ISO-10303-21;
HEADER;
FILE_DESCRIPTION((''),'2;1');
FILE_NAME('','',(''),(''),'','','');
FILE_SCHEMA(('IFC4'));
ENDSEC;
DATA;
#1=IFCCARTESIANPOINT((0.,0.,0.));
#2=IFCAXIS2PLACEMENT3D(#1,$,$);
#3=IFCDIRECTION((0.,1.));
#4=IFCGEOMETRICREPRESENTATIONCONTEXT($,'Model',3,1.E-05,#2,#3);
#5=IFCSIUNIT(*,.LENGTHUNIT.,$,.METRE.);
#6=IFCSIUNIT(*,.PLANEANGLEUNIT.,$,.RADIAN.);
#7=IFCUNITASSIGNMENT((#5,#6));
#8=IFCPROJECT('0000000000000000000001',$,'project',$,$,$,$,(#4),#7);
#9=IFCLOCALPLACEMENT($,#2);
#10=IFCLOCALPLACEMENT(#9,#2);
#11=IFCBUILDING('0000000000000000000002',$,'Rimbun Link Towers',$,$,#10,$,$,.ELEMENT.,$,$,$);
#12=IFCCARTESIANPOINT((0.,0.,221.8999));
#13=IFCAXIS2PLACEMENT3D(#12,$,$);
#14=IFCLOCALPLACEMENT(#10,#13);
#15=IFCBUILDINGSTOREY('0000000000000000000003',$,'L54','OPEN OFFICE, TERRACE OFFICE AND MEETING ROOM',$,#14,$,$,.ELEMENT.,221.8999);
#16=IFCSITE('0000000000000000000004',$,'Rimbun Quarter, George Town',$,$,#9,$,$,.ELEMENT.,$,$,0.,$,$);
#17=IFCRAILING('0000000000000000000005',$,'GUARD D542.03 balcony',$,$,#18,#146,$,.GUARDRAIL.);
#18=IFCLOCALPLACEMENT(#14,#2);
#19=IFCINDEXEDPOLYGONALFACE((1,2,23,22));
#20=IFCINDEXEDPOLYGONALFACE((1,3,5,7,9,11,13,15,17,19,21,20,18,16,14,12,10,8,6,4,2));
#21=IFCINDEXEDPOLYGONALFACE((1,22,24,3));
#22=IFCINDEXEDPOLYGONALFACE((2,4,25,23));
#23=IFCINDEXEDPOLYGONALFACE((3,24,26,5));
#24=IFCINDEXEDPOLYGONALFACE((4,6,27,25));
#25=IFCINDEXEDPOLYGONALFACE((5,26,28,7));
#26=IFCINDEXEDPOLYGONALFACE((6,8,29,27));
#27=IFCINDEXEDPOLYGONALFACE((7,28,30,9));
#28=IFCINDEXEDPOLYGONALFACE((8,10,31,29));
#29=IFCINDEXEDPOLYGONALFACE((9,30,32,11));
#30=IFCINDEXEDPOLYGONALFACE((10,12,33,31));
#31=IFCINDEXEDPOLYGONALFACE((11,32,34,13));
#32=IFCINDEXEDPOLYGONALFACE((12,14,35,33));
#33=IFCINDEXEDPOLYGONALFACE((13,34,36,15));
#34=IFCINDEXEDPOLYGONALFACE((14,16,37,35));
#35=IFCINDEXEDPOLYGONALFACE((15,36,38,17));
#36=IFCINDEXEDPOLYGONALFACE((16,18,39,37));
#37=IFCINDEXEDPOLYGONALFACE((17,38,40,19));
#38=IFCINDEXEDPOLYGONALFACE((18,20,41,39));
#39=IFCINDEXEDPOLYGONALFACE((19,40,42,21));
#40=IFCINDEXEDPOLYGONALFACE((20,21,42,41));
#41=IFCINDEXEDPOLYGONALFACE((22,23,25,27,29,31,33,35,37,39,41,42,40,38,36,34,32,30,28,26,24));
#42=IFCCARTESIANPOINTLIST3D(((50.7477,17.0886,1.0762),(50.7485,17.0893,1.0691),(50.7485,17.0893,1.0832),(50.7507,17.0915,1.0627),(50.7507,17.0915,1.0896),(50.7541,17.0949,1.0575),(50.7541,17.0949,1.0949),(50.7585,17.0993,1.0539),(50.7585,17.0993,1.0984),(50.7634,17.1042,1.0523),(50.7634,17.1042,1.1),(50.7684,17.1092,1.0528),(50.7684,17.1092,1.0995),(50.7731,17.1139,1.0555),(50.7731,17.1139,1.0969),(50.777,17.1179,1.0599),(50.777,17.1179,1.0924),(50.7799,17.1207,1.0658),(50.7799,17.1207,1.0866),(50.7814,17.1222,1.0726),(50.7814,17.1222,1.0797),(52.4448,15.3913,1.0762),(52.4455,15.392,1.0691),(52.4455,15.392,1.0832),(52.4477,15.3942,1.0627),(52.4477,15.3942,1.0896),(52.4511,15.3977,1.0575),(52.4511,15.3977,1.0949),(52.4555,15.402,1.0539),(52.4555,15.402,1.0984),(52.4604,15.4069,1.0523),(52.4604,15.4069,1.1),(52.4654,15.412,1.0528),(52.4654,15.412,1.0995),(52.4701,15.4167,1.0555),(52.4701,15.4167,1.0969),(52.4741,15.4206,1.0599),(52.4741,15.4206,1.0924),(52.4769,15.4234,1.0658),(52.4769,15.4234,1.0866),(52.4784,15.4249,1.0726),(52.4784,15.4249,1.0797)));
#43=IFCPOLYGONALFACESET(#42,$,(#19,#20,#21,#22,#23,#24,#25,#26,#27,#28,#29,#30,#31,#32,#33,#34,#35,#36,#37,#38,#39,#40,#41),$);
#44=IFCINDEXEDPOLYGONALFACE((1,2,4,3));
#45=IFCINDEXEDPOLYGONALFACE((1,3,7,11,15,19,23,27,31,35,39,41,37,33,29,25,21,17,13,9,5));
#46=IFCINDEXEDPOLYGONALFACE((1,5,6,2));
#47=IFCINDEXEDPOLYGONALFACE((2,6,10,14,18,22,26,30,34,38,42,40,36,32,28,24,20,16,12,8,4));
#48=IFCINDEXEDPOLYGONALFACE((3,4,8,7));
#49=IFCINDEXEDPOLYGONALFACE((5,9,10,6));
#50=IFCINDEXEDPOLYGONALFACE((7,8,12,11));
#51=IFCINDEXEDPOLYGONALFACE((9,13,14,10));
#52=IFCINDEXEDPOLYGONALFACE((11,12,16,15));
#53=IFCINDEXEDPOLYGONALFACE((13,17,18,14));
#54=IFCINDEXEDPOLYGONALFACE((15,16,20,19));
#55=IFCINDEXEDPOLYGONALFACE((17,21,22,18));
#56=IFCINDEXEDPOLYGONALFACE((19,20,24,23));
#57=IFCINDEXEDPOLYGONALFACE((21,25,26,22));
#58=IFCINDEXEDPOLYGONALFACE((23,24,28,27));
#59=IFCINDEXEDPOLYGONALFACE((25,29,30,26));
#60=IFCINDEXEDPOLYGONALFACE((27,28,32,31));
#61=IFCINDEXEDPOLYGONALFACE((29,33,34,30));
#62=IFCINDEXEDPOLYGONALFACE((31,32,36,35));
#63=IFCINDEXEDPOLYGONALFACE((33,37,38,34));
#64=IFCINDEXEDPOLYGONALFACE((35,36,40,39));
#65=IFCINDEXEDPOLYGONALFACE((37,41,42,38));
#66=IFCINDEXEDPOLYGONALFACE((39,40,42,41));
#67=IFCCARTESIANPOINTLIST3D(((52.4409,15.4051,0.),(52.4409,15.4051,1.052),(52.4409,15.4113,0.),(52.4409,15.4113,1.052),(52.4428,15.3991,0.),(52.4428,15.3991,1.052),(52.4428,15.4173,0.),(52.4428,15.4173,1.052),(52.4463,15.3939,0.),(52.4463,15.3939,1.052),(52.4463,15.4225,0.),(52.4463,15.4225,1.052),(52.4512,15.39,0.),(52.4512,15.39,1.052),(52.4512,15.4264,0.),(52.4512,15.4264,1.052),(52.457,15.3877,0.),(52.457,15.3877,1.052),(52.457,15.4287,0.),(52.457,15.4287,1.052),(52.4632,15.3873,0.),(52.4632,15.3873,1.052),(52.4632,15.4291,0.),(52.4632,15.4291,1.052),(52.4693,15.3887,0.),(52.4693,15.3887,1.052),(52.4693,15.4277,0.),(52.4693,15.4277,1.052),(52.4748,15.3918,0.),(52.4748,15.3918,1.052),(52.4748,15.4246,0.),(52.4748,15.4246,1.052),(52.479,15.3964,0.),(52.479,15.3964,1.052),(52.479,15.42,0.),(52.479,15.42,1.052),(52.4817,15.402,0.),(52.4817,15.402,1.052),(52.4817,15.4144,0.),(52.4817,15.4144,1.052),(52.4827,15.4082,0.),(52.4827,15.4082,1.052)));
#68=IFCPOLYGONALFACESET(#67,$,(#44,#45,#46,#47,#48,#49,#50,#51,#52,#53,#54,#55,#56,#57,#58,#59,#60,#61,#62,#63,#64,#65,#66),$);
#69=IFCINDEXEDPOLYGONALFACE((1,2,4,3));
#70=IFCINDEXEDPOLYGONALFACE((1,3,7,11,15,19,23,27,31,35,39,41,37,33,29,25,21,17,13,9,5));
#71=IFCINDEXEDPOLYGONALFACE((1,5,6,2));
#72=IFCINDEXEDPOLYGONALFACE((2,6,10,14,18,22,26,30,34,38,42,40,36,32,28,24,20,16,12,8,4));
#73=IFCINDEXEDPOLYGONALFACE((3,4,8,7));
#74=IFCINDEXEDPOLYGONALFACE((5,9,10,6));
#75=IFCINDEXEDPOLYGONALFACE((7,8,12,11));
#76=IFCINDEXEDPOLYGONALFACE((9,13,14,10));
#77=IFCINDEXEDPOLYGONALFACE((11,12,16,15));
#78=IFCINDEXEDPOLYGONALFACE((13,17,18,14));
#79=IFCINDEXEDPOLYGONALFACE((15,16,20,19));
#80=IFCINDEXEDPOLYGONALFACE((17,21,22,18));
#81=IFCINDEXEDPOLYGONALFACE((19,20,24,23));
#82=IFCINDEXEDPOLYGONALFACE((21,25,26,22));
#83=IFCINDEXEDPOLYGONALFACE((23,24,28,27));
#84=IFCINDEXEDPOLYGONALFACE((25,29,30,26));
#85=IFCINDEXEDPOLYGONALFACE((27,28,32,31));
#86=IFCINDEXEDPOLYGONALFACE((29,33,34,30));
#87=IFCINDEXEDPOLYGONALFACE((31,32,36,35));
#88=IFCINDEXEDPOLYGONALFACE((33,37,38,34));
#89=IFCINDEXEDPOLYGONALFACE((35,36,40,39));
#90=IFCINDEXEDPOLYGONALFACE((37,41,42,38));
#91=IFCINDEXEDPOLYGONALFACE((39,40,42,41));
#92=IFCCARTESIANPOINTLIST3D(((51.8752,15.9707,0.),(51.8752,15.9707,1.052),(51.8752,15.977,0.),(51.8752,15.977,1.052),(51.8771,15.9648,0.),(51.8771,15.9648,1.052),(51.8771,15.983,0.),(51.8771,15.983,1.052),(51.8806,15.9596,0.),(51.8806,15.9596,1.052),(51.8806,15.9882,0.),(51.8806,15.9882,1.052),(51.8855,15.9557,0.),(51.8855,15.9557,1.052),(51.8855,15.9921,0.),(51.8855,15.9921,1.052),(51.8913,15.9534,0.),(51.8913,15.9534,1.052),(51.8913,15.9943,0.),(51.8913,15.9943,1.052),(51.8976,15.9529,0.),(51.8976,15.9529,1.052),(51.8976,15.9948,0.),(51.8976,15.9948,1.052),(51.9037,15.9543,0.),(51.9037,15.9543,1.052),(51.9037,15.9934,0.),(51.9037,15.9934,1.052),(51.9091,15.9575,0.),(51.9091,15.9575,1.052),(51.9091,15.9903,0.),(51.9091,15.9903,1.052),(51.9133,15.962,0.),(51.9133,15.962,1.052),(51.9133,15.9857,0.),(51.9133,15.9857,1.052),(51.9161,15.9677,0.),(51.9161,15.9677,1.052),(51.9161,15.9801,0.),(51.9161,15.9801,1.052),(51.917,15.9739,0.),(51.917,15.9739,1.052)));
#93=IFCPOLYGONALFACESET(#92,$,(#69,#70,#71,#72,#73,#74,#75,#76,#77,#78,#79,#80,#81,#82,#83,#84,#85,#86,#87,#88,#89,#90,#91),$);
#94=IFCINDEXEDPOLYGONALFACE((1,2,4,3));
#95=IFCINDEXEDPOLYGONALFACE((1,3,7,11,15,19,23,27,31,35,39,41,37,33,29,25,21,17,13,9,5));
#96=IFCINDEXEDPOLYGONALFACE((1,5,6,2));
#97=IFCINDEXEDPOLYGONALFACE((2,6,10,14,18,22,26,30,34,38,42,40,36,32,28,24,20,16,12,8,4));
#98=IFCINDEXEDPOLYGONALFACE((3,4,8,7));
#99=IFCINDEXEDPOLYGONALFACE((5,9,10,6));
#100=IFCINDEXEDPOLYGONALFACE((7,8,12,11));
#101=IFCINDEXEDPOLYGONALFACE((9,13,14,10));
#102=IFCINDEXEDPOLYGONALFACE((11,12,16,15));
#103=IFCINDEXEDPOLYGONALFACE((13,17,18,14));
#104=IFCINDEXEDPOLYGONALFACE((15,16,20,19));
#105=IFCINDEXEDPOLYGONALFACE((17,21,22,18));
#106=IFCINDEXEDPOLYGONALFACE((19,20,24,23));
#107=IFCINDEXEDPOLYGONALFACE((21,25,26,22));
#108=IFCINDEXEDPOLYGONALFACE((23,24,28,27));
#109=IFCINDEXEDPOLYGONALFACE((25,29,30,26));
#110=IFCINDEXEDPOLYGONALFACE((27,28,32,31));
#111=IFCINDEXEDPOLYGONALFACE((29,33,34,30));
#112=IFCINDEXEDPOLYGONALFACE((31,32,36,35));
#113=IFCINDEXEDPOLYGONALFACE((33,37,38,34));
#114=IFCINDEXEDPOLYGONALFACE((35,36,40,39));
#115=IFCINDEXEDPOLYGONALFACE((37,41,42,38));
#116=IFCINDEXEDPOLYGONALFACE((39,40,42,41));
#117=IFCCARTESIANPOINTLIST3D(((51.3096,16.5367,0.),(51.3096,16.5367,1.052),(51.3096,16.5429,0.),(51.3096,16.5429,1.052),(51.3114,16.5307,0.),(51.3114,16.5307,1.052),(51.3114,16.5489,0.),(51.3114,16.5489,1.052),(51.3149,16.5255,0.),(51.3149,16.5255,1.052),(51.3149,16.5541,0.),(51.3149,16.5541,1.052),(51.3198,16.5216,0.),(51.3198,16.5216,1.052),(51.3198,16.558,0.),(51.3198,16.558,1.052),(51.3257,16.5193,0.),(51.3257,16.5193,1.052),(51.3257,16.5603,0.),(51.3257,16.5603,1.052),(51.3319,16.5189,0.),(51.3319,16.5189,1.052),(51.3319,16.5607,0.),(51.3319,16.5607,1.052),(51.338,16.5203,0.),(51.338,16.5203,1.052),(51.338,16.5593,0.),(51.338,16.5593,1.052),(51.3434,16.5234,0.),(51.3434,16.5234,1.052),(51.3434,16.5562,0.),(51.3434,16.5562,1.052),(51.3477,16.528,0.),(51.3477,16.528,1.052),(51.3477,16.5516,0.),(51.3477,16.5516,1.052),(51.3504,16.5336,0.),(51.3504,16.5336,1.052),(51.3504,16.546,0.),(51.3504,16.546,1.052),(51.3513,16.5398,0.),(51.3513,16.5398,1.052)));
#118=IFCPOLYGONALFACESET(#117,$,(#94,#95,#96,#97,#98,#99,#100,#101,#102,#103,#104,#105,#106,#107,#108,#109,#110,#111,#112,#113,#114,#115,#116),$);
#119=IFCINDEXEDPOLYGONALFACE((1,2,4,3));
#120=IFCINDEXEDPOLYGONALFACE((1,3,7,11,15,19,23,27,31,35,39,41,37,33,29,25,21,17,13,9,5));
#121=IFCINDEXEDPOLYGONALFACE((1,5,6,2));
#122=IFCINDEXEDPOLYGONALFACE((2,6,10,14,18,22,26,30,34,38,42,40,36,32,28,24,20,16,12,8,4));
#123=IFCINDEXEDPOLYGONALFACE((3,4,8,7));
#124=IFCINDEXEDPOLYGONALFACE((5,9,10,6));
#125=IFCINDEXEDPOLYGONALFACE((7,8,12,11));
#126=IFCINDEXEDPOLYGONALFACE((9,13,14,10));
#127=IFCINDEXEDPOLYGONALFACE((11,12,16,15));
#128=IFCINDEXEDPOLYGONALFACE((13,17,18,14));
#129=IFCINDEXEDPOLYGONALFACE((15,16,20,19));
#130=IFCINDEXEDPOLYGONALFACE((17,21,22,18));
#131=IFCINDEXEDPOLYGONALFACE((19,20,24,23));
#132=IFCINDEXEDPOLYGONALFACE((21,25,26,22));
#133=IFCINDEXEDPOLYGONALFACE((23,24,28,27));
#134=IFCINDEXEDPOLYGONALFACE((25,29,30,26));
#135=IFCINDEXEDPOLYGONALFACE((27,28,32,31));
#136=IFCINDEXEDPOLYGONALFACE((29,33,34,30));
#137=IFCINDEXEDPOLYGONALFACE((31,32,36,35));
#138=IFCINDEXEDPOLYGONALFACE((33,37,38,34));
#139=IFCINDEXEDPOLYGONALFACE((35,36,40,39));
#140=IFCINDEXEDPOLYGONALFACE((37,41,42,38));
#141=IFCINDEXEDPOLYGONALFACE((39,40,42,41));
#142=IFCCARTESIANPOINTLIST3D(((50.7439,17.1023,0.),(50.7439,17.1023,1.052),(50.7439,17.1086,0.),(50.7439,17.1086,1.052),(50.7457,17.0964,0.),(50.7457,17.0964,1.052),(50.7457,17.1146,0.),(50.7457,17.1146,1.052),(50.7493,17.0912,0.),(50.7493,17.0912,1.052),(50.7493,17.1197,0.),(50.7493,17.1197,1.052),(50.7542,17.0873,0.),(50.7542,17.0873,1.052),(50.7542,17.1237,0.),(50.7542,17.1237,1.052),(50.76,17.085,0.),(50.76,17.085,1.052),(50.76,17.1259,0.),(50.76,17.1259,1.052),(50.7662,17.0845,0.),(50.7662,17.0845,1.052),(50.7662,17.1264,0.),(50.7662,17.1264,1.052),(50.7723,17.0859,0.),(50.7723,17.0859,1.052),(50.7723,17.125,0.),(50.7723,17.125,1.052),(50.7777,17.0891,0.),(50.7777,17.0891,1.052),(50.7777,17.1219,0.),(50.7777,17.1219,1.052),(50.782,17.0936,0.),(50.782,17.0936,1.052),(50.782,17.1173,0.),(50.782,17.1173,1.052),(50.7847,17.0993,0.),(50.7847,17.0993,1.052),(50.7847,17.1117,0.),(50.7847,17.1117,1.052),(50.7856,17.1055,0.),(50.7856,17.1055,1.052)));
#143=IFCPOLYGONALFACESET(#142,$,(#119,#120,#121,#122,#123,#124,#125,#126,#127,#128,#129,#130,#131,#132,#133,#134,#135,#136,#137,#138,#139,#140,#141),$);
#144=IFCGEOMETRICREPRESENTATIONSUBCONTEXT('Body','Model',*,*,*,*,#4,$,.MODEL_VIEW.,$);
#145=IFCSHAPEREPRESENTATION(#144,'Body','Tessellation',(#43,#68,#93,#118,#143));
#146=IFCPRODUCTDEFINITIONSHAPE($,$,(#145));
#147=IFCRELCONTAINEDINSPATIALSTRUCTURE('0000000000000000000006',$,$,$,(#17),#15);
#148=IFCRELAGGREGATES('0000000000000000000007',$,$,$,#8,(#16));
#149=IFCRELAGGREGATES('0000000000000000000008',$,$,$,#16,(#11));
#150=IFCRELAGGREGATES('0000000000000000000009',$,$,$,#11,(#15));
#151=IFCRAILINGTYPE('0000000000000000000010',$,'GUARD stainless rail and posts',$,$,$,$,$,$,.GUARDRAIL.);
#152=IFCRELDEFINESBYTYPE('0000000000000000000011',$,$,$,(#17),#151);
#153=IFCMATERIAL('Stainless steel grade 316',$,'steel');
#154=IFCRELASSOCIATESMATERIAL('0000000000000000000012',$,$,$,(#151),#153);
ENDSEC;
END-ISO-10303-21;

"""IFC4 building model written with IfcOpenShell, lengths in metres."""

from ifc_helpers import new_model, si_unit, direction, frame, origin, origin_2d, place, context, subcontext, project, spatial, circle, extrude, material, type_object, element, save


model = new_model("IFC4")

# Units and contexts
model_context = context("Model", 3, precision=1e-05, world=origin(), true_north=direction((0.0, 1.0)))
body_context = subcontext(model_context, "Body", "Model", "MODEL_VIEW")
ifc_project = project(units=[si_unit("LENGTHUNIT", "METRE"), si_unit("PLANEANGLEUNIT", "RADIAN")], contexts=[model_context])

# Site, building, storey
site_placement = place(None, origin())
site = spatial("IfcSite", under=ifc_project, at=site_placement, Name="Rimbun Quarter, George Town", CompositionType="ELEMENT", RefElevation=0.0)
building_placement = place(site_placement, origin())
building = spatial("IfcBuilding", under=site, at=building_placement, Name="Rimbun Link Towers", CompositionType="ELEMENT")
storey_placement = place(building_placement, frame((0.0, 0.0, 221.8999)))
storey = spatial("IfcBuildingStorey", under=building, at=storey_placement, Name="L54", Description="OPEN OFFICE, TERRACE OFFICE AND MEETING ROOM", CompositionType="ELEMENT", Elevation=221.8999)

# Railing
ifc_material_1 = material(Name="Stainless steel grade 316", Category="steel")
railing_type = type_object("IfcRailingType", Name="GUARD stainless rail and posts", PredefinedType="GUARDRAIL", material=ifc_material_1)
railing_1_placement = place(storey_placement, frame((52.4617, 15.4082, 0.0)))
element("IfcRailing", 1, at=railing_1_placement, inside=storey, type_object=railing_type, Name="GUARD D542.03 balcony", PredefinedType="GUARDRAIL", context=body_context, shape_type="SweptSolid", body=[
    extrude(circle(Radius=0.0239, at=origin_2d()), frame((0.0, 0.0, 1.0762), z_axis=(-0.707056, 0.707158, 0.0), x_axis=(-0.707158, -0.707056, 0.0)), (0.0, 0.0, 1.0), 2.4001),
    extrude(circle(Radius=0.021, at=origin_2d()), origin(), (0.0, 0.0, 1.0), 1.052),
    extrude(circle(Radius=0.021, at=origin_2d()), frame((-0.5657, 0.5657, 0.0)), (0.0, 0.0, 1.0), 1.052),
    extrude(circle(Radius=0.021, at=origin_2d()), frame((-1.1313, 1.1316, 0.0)), (0.0, 0.0, 1.0), 1.052),
    extrude(circle(Radius=0.021, at=origin_2d()), frame((-1.697, 1.6973, 0.0)), (0.0, 0.0, 1.0), 1.052),
])

save(model, "model.ifc")
